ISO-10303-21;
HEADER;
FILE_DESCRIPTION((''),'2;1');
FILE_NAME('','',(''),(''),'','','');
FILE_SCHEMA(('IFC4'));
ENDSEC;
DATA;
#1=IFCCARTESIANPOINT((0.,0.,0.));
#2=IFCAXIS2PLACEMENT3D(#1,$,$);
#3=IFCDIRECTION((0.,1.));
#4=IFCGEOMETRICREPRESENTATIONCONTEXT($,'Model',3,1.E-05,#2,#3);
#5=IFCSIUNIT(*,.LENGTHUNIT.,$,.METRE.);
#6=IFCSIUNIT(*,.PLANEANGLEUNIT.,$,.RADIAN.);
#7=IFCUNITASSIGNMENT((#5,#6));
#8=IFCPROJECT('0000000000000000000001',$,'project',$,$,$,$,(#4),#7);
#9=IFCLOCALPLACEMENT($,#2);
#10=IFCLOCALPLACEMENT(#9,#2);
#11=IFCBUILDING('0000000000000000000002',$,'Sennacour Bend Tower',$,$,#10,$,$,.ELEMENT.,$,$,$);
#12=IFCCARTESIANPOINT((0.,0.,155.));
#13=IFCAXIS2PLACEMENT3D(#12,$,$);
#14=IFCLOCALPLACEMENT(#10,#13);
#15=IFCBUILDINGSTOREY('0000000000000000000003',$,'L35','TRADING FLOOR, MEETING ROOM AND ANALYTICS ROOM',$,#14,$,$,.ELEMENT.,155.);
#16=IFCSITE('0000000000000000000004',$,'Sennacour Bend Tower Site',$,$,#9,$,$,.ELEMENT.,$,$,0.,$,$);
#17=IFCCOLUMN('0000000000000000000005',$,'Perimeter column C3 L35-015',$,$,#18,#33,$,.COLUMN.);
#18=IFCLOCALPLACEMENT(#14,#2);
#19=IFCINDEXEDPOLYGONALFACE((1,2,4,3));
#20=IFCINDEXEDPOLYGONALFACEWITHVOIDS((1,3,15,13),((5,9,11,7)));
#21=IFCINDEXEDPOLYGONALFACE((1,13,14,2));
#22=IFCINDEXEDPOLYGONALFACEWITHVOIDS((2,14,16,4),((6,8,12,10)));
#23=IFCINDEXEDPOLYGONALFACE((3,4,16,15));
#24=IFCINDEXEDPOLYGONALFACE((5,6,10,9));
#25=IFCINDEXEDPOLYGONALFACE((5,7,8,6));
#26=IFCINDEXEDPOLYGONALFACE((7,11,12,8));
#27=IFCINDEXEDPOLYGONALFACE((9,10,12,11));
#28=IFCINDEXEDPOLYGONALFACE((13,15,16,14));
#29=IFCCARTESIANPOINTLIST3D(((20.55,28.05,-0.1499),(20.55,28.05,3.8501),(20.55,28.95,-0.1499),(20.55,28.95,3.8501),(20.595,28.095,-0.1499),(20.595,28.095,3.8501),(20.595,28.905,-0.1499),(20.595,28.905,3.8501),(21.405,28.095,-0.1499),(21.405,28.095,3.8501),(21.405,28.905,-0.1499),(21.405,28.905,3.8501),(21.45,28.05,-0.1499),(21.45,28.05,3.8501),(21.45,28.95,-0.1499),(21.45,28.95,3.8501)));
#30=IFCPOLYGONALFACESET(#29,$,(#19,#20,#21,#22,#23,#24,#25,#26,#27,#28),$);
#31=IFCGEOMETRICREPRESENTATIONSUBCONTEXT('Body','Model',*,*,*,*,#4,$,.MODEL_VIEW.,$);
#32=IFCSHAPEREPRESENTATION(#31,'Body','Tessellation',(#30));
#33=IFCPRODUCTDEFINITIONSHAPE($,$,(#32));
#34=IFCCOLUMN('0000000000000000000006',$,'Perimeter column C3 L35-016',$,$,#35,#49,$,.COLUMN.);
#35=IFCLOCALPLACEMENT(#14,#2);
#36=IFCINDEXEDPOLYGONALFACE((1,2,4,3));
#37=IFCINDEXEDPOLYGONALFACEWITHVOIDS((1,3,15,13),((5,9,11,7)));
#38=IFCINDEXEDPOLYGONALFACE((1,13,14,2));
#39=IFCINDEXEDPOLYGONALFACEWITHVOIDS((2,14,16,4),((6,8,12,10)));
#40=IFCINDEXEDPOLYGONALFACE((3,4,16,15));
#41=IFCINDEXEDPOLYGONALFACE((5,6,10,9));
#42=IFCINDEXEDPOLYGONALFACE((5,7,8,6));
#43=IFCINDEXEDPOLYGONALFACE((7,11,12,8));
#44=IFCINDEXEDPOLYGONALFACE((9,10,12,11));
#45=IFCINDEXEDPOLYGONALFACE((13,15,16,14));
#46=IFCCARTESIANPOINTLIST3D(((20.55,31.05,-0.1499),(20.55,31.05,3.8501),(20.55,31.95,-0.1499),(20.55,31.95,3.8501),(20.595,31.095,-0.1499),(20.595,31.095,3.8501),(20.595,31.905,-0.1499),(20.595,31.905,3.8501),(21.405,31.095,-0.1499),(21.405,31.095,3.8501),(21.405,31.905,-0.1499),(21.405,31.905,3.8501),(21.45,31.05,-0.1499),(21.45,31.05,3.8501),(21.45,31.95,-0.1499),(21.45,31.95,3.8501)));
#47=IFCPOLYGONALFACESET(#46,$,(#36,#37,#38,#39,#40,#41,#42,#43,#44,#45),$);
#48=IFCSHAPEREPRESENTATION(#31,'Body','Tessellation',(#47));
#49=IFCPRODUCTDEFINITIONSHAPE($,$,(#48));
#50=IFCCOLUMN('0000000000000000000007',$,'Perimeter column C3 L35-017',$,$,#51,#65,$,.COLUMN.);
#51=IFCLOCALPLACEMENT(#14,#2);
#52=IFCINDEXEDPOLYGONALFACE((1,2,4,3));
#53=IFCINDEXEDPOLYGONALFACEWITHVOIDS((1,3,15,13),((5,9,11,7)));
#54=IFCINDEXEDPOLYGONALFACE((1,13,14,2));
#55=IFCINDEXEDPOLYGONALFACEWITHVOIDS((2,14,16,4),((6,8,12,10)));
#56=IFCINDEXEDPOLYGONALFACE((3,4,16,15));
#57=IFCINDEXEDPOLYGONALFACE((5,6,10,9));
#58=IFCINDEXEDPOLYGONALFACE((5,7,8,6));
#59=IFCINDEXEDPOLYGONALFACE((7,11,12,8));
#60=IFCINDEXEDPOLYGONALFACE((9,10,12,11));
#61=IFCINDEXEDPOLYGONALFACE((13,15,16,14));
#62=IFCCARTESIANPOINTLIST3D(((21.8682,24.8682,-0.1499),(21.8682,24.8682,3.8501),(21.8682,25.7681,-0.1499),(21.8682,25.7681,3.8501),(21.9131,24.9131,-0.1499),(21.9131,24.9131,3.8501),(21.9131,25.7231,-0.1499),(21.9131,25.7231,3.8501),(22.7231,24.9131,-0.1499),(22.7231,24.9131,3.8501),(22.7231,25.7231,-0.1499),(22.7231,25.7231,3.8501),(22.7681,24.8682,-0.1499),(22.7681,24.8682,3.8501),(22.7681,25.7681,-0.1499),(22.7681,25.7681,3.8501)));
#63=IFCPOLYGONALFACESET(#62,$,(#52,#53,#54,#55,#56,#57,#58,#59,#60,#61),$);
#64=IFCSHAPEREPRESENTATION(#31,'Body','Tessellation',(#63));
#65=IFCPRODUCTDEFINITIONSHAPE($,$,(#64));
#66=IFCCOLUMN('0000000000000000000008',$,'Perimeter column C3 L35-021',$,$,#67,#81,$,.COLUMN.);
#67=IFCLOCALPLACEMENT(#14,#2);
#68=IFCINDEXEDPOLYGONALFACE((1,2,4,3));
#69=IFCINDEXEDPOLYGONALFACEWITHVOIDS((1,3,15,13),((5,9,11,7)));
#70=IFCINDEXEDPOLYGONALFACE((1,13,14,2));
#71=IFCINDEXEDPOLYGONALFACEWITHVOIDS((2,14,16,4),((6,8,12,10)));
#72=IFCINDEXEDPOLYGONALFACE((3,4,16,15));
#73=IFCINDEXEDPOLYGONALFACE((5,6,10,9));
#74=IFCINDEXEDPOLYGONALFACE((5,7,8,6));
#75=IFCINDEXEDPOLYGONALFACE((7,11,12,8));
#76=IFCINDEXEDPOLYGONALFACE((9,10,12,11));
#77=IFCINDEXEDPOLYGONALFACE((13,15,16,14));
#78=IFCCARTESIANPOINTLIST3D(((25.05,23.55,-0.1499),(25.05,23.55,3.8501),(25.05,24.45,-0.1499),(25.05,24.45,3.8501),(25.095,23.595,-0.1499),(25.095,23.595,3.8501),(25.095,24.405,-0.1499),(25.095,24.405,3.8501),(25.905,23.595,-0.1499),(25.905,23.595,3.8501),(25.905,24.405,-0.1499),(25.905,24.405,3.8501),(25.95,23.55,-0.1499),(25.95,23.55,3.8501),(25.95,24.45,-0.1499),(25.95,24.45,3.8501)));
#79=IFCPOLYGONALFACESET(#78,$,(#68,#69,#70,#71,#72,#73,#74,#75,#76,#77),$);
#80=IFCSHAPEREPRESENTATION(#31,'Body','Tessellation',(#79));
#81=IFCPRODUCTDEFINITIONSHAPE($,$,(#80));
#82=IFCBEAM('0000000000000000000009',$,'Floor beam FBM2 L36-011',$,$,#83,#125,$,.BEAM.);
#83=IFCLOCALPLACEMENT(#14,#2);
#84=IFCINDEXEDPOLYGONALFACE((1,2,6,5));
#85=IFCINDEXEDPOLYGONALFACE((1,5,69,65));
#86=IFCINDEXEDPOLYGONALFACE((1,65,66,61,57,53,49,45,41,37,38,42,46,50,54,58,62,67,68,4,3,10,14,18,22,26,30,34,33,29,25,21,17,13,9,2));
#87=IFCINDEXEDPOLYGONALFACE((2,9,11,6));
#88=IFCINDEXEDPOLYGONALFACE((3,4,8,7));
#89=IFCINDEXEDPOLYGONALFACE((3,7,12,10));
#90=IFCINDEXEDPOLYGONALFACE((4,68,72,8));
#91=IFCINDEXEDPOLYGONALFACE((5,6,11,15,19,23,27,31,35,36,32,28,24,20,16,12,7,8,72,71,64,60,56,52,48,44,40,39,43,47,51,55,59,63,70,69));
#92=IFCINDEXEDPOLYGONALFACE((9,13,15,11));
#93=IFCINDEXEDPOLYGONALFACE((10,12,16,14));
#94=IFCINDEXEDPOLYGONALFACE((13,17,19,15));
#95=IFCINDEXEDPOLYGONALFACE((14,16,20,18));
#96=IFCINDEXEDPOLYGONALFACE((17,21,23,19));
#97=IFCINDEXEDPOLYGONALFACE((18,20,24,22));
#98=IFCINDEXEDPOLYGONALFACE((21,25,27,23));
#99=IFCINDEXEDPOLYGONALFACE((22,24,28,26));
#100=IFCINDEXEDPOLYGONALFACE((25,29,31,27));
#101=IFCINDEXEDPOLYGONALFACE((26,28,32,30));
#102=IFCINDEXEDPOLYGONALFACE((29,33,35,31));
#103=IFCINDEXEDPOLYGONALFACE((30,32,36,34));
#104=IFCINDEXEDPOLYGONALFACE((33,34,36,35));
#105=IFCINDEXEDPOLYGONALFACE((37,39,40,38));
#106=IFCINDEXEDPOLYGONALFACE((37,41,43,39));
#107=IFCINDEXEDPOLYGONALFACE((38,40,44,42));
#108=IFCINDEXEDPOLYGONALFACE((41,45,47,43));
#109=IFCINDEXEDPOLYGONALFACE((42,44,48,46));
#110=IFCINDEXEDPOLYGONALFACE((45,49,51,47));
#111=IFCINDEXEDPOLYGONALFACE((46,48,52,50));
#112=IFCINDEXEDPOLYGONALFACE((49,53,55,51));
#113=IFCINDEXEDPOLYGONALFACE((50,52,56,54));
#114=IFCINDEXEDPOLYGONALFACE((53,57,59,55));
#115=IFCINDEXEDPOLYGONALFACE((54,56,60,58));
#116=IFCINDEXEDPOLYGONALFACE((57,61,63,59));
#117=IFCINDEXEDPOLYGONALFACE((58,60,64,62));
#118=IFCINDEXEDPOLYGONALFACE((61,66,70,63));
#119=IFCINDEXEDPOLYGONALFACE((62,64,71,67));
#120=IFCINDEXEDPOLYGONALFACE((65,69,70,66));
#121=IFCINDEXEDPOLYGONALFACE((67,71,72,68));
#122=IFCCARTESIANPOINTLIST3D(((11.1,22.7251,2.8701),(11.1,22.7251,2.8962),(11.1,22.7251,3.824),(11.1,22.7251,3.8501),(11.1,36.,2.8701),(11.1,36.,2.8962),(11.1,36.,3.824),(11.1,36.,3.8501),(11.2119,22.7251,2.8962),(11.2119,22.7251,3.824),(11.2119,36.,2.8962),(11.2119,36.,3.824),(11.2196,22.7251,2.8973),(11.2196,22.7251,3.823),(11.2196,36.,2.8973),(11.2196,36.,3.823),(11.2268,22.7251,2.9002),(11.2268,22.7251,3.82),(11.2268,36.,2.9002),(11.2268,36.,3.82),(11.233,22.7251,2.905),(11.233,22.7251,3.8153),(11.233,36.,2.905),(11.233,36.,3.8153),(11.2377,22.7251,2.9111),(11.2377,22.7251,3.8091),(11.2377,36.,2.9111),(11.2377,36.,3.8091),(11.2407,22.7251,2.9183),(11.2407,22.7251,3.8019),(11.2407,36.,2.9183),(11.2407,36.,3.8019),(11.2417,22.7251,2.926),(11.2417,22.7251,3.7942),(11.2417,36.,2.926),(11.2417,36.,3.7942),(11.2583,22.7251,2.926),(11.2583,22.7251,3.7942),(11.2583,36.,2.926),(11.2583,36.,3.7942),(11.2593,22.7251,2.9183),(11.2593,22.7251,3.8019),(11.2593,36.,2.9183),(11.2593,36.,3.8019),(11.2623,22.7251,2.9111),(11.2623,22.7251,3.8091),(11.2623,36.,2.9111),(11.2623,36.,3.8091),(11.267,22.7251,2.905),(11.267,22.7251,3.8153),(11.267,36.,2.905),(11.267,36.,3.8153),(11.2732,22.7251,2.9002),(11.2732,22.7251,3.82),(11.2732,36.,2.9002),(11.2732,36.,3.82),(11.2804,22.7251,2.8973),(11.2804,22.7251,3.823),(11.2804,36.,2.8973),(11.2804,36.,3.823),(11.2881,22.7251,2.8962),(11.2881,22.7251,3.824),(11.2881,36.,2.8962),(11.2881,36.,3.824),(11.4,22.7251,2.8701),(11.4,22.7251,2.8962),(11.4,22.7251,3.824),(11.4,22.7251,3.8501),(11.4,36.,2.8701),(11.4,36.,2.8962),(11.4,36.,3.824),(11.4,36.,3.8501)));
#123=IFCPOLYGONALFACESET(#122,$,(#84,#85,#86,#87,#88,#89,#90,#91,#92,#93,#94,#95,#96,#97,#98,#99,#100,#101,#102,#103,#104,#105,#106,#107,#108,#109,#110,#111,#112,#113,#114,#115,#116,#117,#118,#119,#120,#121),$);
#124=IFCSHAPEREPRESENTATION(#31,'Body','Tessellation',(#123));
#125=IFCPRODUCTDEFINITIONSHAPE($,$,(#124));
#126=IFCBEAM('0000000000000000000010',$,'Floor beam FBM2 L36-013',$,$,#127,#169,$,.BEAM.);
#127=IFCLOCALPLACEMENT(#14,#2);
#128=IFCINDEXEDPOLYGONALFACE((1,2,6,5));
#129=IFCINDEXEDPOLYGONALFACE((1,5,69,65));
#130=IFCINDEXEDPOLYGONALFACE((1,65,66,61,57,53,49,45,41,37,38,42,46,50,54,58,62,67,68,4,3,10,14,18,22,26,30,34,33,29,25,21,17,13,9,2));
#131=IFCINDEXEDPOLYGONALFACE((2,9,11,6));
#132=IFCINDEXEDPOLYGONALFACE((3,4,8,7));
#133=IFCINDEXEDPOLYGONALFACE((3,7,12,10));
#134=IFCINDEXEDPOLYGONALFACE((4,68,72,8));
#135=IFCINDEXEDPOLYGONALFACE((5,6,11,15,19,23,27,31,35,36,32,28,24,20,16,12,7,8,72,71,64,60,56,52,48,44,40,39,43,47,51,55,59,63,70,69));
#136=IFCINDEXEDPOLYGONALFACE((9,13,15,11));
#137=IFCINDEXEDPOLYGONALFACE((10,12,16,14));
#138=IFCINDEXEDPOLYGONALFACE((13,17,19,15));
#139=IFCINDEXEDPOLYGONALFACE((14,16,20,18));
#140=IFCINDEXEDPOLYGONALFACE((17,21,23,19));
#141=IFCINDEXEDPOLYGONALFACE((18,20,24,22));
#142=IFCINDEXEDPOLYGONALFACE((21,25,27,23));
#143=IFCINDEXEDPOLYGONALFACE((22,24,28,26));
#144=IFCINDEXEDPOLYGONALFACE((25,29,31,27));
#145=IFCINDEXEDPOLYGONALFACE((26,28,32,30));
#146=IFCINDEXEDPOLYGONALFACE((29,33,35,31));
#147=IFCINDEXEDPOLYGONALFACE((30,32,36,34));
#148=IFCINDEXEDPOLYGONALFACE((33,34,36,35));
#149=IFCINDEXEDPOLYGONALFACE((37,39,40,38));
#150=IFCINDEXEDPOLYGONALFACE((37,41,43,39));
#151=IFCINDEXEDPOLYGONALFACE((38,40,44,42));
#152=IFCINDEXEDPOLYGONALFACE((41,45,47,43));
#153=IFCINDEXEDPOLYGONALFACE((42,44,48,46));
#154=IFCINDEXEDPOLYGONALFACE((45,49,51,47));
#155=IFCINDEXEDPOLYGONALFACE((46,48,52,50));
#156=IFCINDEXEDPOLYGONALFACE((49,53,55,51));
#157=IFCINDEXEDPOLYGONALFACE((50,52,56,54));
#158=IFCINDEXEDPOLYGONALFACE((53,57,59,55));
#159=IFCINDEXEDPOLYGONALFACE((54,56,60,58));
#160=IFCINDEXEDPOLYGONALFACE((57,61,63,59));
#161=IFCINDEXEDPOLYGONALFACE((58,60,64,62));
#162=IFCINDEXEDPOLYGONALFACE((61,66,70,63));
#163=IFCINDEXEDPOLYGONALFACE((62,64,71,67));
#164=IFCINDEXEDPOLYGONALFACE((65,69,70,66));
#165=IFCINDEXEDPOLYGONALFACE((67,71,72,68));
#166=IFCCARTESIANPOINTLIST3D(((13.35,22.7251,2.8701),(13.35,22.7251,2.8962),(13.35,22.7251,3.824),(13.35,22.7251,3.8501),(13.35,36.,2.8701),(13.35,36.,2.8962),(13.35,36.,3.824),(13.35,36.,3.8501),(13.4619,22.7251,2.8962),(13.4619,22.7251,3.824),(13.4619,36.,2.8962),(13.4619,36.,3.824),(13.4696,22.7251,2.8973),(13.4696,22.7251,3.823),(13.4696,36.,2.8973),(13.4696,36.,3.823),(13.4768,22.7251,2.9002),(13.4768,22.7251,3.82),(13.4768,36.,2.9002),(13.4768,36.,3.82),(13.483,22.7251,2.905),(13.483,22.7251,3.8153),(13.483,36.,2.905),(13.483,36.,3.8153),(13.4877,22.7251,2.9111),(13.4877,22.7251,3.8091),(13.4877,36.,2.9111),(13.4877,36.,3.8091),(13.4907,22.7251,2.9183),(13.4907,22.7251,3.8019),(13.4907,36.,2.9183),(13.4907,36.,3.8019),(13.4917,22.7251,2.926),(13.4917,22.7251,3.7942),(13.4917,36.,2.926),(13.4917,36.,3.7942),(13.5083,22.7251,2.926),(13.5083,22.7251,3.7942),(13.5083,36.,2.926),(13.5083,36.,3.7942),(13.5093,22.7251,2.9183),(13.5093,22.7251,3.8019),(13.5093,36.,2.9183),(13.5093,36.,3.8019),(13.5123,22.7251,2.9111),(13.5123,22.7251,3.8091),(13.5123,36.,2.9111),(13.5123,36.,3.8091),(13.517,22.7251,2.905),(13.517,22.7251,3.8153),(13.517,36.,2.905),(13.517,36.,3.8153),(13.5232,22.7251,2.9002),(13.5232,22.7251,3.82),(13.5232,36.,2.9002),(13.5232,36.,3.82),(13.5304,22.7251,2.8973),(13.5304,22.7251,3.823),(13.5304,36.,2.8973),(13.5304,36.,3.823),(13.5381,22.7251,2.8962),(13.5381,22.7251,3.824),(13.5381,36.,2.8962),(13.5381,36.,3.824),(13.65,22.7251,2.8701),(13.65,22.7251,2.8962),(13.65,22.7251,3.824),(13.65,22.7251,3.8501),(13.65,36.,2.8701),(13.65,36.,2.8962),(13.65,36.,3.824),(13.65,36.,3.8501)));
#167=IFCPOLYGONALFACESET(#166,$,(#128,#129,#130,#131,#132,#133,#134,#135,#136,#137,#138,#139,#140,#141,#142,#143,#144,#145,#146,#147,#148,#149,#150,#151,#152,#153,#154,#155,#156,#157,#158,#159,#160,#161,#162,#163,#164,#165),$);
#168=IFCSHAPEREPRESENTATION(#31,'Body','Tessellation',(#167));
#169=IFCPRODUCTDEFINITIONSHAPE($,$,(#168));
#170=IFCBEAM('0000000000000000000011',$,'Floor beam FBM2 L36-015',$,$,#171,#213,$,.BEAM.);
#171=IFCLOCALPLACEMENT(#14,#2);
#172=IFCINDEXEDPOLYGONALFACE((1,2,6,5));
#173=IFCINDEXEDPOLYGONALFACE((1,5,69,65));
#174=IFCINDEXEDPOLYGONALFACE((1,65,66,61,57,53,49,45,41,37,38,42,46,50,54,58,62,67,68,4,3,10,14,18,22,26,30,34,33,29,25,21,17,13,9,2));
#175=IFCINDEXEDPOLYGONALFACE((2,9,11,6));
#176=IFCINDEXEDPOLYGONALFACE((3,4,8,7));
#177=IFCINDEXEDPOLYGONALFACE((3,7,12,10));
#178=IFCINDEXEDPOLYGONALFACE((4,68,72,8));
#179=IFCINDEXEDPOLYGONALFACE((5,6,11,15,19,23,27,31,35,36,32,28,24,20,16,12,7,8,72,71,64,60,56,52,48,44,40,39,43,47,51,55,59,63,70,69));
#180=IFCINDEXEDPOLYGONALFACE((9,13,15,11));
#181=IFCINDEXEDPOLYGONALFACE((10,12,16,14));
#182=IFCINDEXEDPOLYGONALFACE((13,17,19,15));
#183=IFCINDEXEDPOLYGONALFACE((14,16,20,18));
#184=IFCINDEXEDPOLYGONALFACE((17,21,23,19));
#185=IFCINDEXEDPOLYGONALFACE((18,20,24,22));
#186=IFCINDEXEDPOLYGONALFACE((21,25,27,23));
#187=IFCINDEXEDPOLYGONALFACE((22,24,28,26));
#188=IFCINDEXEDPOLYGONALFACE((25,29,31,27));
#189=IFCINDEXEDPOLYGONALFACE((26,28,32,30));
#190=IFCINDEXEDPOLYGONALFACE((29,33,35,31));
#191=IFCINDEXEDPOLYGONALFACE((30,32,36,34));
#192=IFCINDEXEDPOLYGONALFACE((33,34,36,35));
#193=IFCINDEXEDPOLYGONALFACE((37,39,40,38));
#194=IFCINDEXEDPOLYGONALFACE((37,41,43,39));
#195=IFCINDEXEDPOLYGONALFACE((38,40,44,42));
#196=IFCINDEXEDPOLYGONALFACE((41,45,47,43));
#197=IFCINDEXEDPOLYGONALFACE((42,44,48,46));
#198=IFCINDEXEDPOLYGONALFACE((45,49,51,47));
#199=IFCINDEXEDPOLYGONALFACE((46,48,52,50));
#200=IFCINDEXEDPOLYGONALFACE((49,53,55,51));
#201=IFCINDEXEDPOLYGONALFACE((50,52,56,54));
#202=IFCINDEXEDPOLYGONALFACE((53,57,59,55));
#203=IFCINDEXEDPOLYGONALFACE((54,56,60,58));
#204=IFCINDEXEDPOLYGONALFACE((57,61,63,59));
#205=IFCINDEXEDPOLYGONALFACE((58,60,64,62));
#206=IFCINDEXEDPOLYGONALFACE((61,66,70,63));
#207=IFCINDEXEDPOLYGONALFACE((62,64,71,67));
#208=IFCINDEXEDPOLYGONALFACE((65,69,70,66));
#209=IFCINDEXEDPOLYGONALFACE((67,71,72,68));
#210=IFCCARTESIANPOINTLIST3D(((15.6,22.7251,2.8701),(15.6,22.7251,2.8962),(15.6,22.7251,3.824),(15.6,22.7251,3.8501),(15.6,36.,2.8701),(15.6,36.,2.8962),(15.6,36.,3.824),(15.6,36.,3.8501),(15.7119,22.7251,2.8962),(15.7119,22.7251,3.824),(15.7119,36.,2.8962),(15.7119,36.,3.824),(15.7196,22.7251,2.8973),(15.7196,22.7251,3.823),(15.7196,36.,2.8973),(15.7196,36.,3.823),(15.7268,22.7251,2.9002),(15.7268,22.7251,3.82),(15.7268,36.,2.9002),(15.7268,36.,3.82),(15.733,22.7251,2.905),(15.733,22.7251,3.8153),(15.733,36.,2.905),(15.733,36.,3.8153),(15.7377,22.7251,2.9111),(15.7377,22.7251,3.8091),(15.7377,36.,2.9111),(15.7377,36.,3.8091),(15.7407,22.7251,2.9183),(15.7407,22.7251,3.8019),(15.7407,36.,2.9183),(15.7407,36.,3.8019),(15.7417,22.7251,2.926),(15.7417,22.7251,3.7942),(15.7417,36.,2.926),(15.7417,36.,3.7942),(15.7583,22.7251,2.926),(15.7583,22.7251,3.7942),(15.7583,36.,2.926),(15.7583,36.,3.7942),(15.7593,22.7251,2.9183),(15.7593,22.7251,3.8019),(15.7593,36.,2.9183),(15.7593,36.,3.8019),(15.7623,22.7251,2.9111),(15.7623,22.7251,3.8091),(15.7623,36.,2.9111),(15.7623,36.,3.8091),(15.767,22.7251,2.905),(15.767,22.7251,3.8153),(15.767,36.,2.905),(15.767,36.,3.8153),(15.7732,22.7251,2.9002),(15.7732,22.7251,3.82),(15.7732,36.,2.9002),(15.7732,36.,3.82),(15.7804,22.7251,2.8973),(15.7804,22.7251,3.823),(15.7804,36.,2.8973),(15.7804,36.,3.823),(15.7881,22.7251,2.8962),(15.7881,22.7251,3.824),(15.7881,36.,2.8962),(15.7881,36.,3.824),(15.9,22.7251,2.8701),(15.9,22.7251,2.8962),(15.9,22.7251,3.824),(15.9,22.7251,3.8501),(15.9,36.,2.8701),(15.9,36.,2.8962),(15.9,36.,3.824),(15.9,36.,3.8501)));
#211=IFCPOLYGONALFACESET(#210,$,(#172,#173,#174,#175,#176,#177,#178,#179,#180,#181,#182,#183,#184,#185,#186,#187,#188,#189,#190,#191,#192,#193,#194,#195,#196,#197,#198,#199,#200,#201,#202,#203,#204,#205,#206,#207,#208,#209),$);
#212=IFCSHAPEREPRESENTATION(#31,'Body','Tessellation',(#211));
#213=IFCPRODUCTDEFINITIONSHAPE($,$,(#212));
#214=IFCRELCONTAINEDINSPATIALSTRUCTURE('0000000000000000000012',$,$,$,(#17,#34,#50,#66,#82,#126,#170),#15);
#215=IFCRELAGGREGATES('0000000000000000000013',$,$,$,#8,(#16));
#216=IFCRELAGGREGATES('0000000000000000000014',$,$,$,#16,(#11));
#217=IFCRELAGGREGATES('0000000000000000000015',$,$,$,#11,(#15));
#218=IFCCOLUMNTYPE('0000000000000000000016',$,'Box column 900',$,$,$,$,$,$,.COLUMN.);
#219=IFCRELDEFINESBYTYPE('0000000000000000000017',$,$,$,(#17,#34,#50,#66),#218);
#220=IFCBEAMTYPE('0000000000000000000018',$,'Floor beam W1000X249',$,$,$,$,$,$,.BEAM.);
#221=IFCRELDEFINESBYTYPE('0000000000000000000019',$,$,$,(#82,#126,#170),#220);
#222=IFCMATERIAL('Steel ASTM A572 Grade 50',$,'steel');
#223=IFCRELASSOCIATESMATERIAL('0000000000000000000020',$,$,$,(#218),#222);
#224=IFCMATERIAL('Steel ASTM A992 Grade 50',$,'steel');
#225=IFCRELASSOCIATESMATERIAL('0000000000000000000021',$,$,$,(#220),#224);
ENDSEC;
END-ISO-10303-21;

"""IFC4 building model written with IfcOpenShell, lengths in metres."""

from ifc_helpers import new_model, si_unit, direction, frame, origin, origin_2d, place, context, subcontext, project, spatial, hollow_rectangle, i_section, extrude, material, material_profile, profile_set, type_object, element, save


model = new_model("IFC4")

# Units and contexts
model_context = context("Model", 3, precision=1e-05, world=origin(), true_north=direction((0.0, 1.0)))
body_context = subcontext(model_context, "Body", "Model", "MODEL_VIEW")
ifc_project = project(units=[si_unit("LENGTHUNIT", "METRE"), si_unit("PLANEANGLEUNIT", "RADIAN")], contexts=[model_context])

# Site, building, storey
site_placement = place(None, origin())
site = spatial("IfcSite", under=ifc_project, at=site_placement, Name="Sennacour Bend Tower Site", CompositionType="ELEMENT", RefElevation=0.0)
building_placement = place(site_placement, origin())
building = spatial("IfcBuilding", under=site, at=building_placement, Name="Sennacour Bend Tower", CompositionType="ELEMENT")
storey_placement = place(building_placement, frame((0.0, 0.0, 155.0)))
storey = spatial("IfcBuildingStorey", under=building, at=storey_placement, Name="L35", Description="TRADING FLOOR, MEETING ROOM AND ANALYTICS ROOM", CompositionType="ELEMENT", Elevation=155.0)

# Columns
ifc_material_1 = material(Name="Steel ASTM A572 Grade 50", Category="steel")
ifc_material_profile_1 = material_profile(ifc_material_1, hollow_rectangle(XDim=0.8999, YDim=0.8999, WallThickness=0.0449, at=origin_2d()), Name="Steel ASTM A572 Grade 50", Category="steel")
ifc_profile_set_1 = profile_set([ifc_material_profile_1], Name="Steel ASTM A572 Grade 50")
column_type = type_object("IfcColumnType", Name="Box column 900", PredefinedType="COLUMN", material=ifc_profile_set_1)
for number, where, z_axis, x_axis, name in (
    (1, (21.0, 28.5, -0.1499), (0.0, 0.0, 1.0), (1.0, 0.0, 0.0), "Perimeter column C3 L35-015"),
    (2, (21.0, 31.5, -0.1499), (0.0, 0.0, 1.0), (1.0, 0.0, 0.0), "Perimeter column C3 L35-016"),
    (3, (22.3181, 25.3181, -0.1499), (0.0, 0.0, 1.0), (1.0, 0.0, 0.0), "Perimeter column C3 L35-017"),
    (4, (25.5, 24.0, -0.1499), (0.0, 0.0, 1.0), (1.0, 0.0, 0.0), "Perimeter column C3 L35-021"),
):
    element("IfcColumn", number, at=place(storey_placement, frame(where, z_axis=z_axis, x_axis=x_axis)), inside=storey, type_object=column_type, Name=name, PredefinedType="COLUMN", context=body_context, shape_type="SweptSolid", body=[
        extrude(hollow_rectangle(XDim=0.8999, YDim=0.8999, WallThickness=0.0449, at=origin_2d()), origin(), (0.0, 0.0, 1.0), 4.0),
    ])

# Beams
ifc_material_2 = material(Name="Steel ASTM A992 Grade 50", Category="steel")
ifc_material_profile_2 = material_profile(ifc_material_2, i_section(OverallWidth=0.3, OverallDepth=0.98, WebThickness=0.0166, FlangeThickness=0.0261, FilletRadius=0.0298, at=origin_2d()), Name="Steel ASTM A992 Grade 50", Category="steel")
ifc_profile_set_2 = profile_set([ifc_material_profile_2], Name="Steel ASTM A992 Grade 50")
beam_type_1 = type_object("IfcBeamType", Name="Floor beam W1000X249", PredefinedType="BEAM", material=ifc_profile_set_2)
for number, where, z_axis, x_axis, name in (
    (5, (11.25, 22.7251, 3.3601), (0.0, 1.0, 0.0), (-1.0, 0.0, 0.0), "Floor beam FBM2 L36-011"),
    (6, (13.5, 22.7251, 3.3601), (0.0, 1.0, 0.0), (-1.0, 0.0, 0.0), "Floor beam FBM2 L36-013"),
    (7, (15.75, 22.7251, 3.3601), (0.0, 1.0, 0.0), (-1.0, 0.0, 0.0), "Floor beam FBM2 L36-015"),
):
    element("IfcBeam", number, at=place(storey_placement, frame(where, z_axis=z_axis, x_axis=x_axis)), inside=storey, type_object=beam_type_1, Name=name, PredefinedType="BEAM", context=body_context, shape_type="SweptSolid", body=[
        extrude(i_section(OverallWidth=0.3, OverallDepth=0.98, WebThickness=0.0166, FlangeThickness=0.0261, FilletRadius=0.0298, at=origin_2d()), origin(), (0.0, 0.0, 1.0), 13.2749),
    ])

save(model, "model.ifc")
